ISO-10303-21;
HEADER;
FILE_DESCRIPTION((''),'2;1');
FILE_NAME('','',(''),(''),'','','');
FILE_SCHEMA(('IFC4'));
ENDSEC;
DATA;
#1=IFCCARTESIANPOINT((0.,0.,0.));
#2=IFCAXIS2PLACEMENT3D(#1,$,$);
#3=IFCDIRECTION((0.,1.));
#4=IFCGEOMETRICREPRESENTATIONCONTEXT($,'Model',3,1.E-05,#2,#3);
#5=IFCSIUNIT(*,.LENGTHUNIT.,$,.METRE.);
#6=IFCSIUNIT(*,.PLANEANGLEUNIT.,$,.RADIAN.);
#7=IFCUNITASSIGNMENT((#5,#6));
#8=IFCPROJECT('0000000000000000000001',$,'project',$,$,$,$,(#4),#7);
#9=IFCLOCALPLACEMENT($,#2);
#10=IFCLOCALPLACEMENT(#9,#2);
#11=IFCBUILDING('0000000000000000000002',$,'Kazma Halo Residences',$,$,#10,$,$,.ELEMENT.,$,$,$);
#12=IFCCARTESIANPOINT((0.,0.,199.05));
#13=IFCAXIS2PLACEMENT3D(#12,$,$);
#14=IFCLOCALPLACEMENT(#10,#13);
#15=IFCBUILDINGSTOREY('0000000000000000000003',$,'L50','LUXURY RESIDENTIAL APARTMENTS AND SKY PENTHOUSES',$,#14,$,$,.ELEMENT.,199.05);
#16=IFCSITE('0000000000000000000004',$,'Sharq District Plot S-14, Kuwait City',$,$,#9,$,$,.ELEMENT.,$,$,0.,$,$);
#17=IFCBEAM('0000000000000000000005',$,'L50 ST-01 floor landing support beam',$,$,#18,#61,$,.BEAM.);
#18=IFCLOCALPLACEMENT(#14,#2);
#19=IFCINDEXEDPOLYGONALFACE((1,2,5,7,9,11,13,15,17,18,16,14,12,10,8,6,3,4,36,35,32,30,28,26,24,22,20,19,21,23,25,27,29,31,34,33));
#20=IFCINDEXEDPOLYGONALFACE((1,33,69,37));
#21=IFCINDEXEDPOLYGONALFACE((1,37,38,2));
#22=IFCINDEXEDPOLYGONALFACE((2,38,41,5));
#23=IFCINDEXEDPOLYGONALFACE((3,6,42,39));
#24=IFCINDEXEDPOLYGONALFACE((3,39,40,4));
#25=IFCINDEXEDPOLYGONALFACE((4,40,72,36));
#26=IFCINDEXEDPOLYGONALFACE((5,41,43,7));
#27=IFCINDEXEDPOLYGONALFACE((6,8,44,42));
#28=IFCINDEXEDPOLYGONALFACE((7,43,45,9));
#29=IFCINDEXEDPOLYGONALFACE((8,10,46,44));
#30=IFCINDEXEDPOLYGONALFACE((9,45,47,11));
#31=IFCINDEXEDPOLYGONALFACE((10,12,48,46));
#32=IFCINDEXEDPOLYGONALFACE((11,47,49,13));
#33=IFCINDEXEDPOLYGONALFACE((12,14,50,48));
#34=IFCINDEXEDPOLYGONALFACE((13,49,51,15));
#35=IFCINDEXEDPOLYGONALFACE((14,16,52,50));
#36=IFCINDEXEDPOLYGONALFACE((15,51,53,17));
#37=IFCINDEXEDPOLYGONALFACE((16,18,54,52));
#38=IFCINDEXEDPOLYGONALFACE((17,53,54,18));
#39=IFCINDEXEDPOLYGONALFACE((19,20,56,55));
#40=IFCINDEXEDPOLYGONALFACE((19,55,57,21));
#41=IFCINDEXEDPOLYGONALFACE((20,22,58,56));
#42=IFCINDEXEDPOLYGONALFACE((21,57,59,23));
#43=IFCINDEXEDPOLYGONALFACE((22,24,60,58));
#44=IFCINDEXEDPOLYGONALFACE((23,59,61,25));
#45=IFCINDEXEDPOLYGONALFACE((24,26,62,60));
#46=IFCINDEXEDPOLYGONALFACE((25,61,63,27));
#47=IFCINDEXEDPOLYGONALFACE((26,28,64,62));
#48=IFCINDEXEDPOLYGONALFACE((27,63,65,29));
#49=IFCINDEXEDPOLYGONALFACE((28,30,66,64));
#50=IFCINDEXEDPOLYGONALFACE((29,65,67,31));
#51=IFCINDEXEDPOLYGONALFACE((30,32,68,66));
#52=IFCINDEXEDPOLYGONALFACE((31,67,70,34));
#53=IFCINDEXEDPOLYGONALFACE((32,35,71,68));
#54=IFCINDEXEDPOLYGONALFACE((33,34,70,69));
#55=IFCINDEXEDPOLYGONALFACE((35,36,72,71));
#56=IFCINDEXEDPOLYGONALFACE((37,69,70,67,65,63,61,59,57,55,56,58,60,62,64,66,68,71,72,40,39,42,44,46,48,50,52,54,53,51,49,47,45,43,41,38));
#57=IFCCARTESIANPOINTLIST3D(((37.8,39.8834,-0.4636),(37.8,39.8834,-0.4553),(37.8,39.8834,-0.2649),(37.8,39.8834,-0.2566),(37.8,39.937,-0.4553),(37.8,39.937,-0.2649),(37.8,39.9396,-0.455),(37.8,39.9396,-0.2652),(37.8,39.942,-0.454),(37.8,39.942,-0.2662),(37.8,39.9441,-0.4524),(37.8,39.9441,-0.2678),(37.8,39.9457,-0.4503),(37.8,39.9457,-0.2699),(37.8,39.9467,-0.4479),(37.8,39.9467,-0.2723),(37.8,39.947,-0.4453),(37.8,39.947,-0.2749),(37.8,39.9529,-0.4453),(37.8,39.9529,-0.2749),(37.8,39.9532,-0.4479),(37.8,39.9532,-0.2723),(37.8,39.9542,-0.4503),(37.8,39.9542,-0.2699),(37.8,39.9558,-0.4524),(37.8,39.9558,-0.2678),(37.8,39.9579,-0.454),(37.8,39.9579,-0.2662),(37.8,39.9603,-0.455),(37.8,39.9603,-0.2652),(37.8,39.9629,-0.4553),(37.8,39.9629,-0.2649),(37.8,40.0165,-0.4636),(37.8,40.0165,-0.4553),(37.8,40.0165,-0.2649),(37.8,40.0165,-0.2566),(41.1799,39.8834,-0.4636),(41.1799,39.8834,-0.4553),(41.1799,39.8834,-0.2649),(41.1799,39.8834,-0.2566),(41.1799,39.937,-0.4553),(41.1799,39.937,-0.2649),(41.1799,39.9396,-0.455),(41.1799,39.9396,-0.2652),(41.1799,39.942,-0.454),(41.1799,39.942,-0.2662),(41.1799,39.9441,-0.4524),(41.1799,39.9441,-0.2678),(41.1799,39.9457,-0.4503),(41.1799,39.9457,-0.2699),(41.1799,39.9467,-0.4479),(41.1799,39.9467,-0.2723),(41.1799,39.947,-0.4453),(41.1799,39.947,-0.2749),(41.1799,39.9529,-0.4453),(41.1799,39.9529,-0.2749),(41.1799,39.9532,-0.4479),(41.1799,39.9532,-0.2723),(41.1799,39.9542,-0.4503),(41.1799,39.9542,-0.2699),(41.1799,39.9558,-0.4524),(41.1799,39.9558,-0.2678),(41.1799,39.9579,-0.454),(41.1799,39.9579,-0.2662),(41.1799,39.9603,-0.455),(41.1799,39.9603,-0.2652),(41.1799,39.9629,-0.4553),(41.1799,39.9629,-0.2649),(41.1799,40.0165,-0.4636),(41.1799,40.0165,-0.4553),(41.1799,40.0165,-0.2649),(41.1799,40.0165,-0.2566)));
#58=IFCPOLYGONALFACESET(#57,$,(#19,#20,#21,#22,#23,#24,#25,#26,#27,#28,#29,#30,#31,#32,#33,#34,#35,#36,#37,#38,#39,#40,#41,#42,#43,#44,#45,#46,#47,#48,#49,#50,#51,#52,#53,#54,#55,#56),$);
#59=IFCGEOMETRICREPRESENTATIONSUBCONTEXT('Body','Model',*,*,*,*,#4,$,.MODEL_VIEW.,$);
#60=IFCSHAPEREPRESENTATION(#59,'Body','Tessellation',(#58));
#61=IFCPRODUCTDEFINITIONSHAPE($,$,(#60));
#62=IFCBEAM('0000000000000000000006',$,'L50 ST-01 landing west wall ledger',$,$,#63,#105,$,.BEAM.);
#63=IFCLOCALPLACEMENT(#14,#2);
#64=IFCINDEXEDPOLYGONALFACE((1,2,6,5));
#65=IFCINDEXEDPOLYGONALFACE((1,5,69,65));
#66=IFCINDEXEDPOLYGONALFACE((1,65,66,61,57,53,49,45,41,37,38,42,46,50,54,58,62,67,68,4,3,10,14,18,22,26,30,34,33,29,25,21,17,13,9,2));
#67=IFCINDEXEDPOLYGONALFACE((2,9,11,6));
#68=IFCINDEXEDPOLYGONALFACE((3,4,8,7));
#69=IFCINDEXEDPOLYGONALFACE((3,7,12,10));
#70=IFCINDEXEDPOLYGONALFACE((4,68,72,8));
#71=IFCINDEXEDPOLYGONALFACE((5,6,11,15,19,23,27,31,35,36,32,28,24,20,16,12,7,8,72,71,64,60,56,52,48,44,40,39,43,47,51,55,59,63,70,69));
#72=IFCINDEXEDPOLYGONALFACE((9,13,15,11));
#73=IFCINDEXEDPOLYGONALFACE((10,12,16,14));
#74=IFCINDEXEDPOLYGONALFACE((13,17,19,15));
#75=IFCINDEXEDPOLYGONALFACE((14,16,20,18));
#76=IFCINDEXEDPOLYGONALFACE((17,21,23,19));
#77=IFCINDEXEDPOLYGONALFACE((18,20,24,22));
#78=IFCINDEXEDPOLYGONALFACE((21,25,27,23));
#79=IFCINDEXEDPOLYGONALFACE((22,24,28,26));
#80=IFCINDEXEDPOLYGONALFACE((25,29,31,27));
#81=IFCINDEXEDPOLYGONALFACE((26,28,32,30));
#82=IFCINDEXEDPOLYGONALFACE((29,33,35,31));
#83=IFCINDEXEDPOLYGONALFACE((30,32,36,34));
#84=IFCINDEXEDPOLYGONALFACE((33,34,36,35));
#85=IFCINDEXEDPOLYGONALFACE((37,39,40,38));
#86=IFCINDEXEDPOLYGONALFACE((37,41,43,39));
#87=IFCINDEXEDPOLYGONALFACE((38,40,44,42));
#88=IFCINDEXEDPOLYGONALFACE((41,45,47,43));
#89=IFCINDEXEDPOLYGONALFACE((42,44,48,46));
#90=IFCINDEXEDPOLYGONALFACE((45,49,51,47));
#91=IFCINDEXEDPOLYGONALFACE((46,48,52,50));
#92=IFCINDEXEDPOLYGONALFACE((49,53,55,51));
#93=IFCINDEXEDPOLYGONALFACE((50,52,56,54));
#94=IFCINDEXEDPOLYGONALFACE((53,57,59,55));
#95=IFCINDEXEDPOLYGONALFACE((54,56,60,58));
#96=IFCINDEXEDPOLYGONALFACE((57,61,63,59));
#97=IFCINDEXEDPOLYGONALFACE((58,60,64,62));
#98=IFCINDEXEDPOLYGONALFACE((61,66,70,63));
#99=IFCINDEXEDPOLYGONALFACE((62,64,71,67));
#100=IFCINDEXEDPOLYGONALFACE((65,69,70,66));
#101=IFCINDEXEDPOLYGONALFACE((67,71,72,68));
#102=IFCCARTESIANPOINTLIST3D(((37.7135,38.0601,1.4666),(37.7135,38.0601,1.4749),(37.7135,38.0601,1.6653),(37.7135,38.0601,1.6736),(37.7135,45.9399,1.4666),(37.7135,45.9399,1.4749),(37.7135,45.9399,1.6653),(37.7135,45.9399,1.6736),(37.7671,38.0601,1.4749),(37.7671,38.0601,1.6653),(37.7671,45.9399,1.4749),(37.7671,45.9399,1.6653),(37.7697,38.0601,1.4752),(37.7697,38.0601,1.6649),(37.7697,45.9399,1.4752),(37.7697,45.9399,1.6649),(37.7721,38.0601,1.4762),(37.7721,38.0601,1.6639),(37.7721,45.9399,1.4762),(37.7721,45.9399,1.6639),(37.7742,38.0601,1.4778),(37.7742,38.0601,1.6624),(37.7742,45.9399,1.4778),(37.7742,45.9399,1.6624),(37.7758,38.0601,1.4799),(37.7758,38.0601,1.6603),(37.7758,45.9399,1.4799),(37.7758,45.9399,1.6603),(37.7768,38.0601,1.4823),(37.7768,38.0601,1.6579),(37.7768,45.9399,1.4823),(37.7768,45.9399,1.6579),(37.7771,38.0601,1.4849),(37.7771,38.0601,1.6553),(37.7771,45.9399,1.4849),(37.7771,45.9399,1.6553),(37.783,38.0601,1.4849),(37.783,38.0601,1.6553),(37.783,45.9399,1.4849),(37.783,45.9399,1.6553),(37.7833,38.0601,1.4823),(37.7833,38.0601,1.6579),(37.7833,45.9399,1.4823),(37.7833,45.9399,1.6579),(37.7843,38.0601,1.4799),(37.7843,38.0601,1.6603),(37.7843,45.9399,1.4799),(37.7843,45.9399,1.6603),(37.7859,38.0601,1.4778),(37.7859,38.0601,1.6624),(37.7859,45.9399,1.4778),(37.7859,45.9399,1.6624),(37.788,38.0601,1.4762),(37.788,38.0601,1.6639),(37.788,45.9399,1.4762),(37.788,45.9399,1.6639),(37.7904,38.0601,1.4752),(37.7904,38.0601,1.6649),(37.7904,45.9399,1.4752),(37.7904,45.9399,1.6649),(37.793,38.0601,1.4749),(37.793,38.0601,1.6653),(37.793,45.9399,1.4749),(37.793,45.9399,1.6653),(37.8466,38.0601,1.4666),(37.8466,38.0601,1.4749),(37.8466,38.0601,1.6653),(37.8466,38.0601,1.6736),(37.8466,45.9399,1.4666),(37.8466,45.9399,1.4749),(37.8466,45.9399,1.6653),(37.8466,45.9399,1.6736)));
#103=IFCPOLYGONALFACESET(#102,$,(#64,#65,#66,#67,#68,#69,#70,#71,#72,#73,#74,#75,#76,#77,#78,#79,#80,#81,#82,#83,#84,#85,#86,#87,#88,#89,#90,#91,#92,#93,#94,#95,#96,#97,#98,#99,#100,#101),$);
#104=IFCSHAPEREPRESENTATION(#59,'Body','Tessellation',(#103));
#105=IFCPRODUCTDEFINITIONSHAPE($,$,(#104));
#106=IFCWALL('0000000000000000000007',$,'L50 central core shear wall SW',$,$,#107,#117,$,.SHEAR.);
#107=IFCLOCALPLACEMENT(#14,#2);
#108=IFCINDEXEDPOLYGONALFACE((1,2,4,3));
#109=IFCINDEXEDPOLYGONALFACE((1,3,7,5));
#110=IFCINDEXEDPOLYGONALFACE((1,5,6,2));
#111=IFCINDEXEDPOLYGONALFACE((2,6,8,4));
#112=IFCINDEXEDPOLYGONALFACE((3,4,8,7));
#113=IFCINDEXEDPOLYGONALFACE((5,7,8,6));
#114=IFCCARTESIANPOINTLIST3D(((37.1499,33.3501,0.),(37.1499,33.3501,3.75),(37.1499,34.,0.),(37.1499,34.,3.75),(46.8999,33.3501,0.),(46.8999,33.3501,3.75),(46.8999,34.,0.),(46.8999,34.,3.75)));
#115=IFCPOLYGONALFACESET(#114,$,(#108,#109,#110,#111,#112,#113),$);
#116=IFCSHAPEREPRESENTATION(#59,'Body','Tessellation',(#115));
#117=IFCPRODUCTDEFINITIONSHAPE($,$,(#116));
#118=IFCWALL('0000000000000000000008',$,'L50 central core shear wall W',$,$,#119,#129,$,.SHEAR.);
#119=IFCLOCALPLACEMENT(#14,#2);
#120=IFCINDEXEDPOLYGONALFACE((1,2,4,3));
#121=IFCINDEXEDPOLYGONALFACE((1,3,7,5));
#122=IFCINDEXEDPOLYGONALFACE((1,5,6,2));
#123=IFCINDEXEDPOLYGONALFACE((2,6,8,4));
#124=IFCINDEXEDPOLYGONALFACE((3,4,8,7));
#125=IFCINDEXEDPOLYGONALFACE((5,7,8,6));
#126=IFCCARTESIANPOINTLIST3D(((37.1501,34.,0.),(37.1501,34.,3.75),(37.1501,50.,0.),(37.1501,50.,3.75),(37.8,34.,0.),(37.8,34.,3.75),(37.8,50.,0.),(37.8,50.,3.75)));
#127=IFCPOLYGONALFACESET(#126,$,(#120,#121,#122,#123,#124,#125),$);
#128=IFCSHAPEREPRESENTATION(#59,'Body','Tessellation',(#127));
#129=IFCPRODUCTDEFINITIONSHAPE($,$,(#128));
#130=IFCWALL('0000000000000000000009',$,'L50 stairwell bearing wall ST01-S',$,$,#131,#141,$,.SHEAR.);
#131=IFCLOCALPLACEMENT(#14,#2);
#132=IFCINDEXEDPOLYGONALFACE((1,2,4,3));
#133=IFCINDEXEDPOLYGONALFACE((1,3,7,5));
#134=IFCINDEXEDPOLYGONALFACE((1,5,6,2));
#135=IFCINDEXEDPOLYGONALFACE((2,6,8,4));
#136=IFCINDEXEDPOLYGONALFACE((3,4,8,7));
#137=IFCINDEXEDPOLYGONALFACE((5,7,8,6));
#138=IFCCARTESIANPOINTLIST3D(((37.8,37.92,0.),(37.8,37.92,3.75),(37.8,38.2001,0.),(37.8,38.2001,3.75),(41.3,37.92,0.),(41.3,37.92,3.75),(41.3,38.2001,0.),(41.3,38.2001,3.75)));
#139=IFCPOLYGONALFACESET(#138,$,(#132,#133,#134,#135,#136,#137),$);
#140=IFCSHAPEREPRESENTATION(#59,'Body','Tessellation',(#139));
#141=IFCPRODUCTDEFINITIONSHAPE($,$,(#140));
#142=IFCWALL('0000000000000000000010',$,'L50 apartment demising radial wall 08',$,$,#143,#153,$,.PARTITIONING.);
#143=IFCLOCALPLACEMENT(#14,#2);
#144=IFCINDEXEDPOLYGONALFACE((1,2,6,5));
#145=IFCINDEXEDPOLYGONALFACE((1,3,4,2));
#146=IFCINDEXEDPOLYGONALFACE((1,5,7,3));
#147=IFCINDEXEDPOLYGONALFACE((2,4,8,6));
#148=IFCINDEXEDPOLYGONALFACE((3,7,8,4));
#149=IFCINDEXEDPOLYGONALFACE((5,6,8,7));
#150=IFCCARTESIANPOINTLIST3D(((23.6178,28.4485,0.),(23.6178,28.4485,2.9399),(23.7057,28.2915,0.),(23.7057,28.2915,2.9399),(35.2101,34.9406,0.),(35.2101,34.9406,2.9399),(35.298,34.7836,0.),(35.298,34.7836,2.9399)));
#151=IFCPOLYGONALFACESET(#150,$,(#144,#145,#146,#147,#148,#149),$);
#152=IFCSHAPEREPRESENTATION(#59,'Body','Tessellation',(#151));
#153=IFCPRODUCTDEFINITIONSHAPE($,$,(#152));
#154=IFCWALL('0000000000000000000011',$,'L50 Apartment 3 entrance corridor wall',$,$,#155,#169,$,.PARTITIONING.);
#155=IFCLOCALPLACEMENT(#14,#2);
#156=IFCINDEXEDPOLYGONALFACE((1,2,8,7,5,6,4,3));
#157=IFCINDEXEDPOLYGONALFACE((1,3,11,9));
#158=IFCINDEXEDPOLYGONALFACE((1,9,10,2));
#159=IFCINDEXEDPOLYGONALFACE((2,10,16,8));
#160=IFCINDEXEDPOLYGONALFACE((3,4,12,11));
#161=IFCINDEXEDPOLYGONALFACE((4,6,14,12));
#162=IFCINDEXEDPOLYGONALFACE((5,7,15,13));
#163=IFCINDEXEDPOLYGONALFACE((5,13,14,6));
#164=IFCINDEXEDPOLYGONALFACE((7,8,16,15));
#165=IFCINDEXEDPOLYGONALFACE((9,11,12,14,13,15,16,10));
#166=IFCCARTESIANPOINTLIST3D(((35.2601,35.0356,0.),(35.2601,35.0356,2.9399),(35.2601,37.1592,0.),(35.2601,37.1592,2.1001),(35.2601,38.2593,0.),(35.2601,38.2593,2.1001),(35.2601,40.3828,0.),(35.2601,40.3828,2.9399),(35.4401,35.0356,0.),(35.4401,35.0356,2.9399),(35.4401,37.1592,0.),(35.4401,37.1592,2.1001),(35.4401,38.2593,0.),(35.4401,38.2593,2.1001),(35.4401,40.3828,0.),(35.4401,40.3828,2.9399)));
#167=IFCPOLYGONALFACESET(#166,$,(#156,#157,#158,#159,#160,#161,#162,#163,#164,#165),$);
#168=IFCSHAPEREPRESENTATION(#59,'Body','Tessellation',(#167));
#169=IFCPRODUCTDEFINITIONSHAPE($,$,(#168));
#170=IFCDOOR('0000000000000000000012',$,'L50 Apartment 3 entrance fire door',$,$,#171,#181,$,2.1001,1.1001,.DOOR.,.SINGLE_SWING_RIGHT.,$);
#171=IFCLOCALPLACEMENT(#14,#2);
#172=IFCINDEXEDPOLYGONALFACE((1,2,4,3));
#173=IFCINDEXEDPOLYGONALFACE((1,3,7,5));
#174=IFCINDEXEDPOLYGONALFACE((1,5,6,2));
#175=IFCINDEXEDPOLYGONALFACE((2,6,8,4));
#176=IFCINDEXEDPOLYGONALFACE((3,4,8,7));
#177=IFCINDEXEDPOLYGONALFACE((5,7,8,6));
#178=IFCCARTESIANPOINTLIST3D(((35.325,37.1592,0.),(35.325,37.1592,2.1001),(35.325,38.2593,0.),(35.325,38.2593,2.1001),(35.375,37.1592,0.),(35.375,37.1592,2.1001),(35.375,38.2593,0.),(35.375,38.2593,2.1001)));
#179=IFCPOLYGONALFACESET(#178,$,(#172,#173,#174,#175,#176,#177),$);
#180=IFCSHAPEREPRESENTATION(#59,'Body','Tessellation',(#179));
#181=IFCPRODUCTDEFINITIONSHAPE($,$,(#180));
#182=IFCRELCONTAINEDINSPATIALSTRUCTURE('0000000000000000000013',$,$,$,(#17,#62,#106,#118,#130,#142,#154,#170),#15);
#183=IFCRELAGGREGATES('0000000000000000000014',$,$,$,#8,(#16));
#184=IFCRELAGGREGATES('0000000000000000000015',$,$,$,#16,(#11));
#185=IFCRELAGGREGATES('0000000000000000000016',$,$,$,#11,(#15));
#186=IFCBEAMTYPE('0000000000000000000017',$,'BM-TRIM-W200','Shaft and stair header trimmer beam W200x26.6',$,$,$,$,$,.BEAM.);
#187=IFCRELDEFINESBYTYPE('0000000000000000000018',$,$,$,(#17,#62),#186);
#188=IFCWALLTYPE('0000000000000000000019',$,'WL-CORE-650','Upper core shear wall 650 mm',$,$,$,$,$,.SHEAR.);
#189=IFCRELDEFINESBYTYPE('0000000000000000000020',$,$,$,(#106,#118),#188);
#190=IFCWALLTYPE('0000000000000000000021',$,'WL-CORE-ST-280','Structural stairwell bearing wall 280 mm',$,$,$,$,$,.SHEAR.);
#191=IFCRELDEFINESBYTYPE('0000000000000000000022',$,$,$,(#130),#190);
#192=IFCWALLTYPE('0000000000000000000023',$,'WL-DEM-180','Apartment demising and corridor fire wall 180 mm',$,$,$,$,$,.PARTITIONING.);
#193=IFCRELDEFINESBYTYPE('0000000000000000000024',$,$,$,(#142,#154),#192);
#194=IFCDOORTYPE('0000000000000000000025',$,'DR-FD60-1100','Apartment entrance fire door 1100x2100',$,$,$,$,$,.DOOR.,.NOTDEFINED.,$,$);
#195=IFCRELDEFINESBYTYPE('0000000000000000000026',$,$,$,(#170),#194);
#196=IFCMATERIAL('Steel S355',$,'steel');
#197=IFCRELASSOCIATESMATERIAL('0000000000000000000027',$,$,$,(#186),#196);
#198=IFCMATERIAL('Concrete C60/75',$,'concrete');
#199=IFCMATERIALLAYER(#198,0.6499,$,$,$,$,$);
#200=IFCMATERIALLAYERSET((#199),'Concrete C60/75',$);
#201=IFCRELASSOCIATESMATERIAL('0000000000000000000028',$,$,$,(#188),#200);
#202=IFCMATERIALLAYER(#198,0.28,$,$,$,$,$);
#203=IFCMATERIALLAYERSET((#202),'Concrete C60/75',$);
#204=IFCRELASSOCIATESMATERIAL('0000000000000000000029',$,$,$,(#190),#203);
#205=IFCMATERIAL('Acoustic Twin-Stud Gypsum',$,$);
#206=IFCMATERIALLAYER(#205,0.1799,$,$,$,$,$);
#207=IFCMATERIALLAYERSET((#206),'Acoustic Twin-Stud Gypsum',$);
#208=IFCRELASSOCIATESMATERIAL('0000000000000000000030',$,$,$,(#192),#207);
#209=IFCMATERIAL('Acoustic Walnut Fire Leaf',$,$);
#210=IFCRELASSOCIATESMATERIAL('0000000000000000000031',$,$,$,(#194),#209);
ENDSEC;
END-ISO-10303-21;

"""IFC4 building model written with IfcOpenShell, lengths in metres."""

from ifc_helpers import new_model, si_unit, direction, frame, frame_2d, origin, origin_2d, place, context, subcontext, project, spatial, rectangle, i_section, extrude, material, layer, layer_set, material_profile, profile_set, type_object, element, fill, save


model = new_model("IFC4")

# Units and contexts
model_context = context("Model", 3, precision=1e-05, world=origin(), true_north=direction((0.0, 1.0)))
body_context = subcontext(model_context, "Body", "Model", "MODEL_VIEW")
ifc_project = project(units=[si_unit("LENGTHUNIT", "METRE"), si_unit("PLANEANGLEUNIT", "RADIAN")], contexts=[model_context])

# Site, building, storey
site_placement = place(None, origin())
site = spatial("IfcSite", under=ifc_project, at=site_placement, Name="Sharq District Plot S-14, Kuwait City", CompositionType="ELEMENT", RefElevation=0.0)
building_placement = place(site_placement, origin())
building = spatial("IfcBuilding", under=site, at=building_placement, Name="Kazma Halo Residences", CompositionType="ELEMENT")
storey_placement = place(building_placement, frame((0.0, 0.0, 199.05)))
storey = spatial("IfcBuildingStorey", under=building, at=storey_placement, Name="L50", Description="LUXURY RESIDENTIAL APARTMENTS AND SKY PENTHOUSES", CompositionType="ELEMENT", Elevation=199.05)

# Beams
ifc_material_1 = material(Name="Steel S355", Category="steel")
ifc_material_profile_1 = material_profile(ifc_material_1, i_section(OverallWidth=0.1331, OverallDepth=0.207, WebThickness=0.0059, FlangeThickness=0.0083, FilletRadius=0.01, at=origin_2d()), Name="W200x26.6")
ifc_profile_set_1 = profile_set([ifc_material_profile_1], Name="Steel S355")
beam_type_1 = type_object("IfcBeamType", Name="BM-TRIM-W200", Description="Shaft and stair header trimmer beam W200x26.6", PredefinedType="BEAM", material=ifc_profile_set_1)
beam_1_placement = place(storey_placement, frame((37.8, 39.95, -0.3601), z_axis=(1.0, 0.0, 0.0), x_axis=(0.0, 1.0, 0.0)))
element("IfcBeam", 1, at=beam_1_placement, inside=storey, type_object=beam_type_1, Name="L50 ST-01 floor landing support beam", PredefinedType="BEAM", context=body_context, shape_type="SweptSolid", body=[
    extrude(i_section(OverallWidth=0.1331, OverallDepth=0.207, WebThickness=0.0059, FlangeThickness=0.0083, FilletRadius=0.01, at=origin_2d()), origin(), (0.0, 0.0, 1.0), 3.3799),
])
beam_2_placement = place(storey_placement, frame((37.78, 38.0601, 1.5701), z_axis=(0.0, 1.0, 0.0), x_axis=(-1.0, 0.0, 0.0)))
element("IfcBeam", 2, at=beam_2_placement, inside=storey, type_object=beam_type_1, Name="L50 ST-01 landing west wall ledger", PredefinedType="BEAM", context=body_context, shape_type="SweptSolid", body=[
    extrude(i_section(OverallWidth=0.1331, OverallDepth=0.207, WebThickness=0.0059, FlangeThickness=0.0083, FilletRadius=0.01, at=origin_2d()), origin(), (0.0, 0.0, 1.0), 7.8799),
])

# Walls
ifc_material_2 = material(Name="Concrete C60/75", Category="concrete")
ifc_layer_1 = layer(ifc_material_2, 0.6499)
ifc_layer_set_1 = layer_set([ifc_layer_1], Name="Concrete C60/75")
wall_type_1 = type_object("IfcWallType", Name="WL-CORE-650", Description="Upper core shear wall 650 mm", PredefinedType="SHEAR", material=ifc_layer_set_1)
wall_1_placement = place(storey_placement, frame((37.1499, 33.675, 0.0), z_axis=(0.0, 0.0, 1.0), x_axis=(1.0, 0.0, 0.0)))
element("IfcWall", 3, at=wall_1_placement, inside=storey, type_object=wall_type_1, Name="L50 central core shear wall SW", PredefinedType="SHEAR", context=body_context, shape_type="SweptSolid", body=[
    extrude(rectangle(XDim=9.75, YDim=0.6499, at=frame_2d((4.875, 0.0))), origin(), (0.0, 0.0, 1.0), 3.75),
])
wall_2_placement = place(storey_placement, frame((37.4751, 34.0, 0.0), z_axis=(0.0, 0.0, 1.0), x_axis=(0.0, 1.0, 0.0)))
element("IfcWall", 4, at=wall_2_placement, inside=storey, type_object=wall_type_1, Name="L50 central core shear wall W", PredefinedType="SHEAR", context=body_context, shape_type="SweptSolid", body=[
    extrude(rectangle(XDim=16.0, YDim=0.6499, at=frame_2d((8.0, 0.0))), origin(), (0.0, 0.0, 1.0), 3.75),
])
ifc_layer_2 = layer(ifc_material_2, 0.28)
ifc_layer_set_2 = layer_set([ifc_layer_2], Name="Concrete C60/75")
wall_type_2 = type_object("IfcWallType", Name="WL-CORE-ST-280", Description="Structural stairwell bearing wall 280 mm", PredefinedType="SHEAR", material=ifc_layer_set_2)
wall_3_placement = place(storey_placement, frame((37.8, 38.0601, 0.0), z_axis=(0.0, 0.0, 1.0), x_axis=(1.0, 0.0, 0.0)))
element("IfcWall", 5, at=wall_3_placement, inside=storey, type_object=wall_type_2, Name="L50 stairwell bearing wall ST01-S", PredefinedType="SHEAR", context=body_context, shape_type="SweptSolid", body=[
    extrude(rectangle(XDim=3.5, YDim=0.28, at=frame_2d((1.75, 0.0))), origin(), (0.0, 0.0, 1.0), 3.75),
])
ifc_material_3 = material(Name="Acoustic Twin-Stud Gypsum")
ifc_layer_3 = layer(ifc_material_3, 0.1799)
ifc_layer_set_3 = layer_set([ifc_layer_3], Name="Acoustic Twin-Stud Gypsum")
wall_type_3 = type_object("IfcWallType", Name="WL-DEM-180", Description="Apartment demising and corridor fire wall 180 mm", PredefinedType="PARTITIONING", material=ifc_layer_set_3)
wall_4_placement = place(storey_placement, frame((35.2539, 34.8621, 0.0), z_axis=(0.0, 0.0, 1.0), x_axis=(-0.87249, -0.488632, 0.0)))
element("IfcWall", 6, at=wall_4_placement, inside=storey, type_object=wall_type_3, Name="L50 apartment demising radial wall 08", PredefinedType="PARTITIONING", context=body_context, shape_type="SweptSolid", body=[
    extrude(rectangle(XDim=13.2864, YDim=0.1799, at=frame_2d((6.6431, 0.0))), origin(), (0.0, 0.0, 1.0), 2.9399),
])

# Wall, opening, door
wall_5_placement = place(storey_placement, frame((35.3501, 40.3828, 0.0), z_axis=(0.0, 0.0, 1.0), x_axis=(0.0, -1.0, 0.0)))
wall_5 = element("IfcWall", 7, at=wall_5_placement, inside=storey, type_object=wall_type_3, Name="L50 Apartment 3 entrance corridor wall", PredefinedType="PARTITIONING", context=body_context, shape_type="SweptSolid", body=[
    extrude(rectangle(XDim=5.3472, YDim=0.1799, at=frame_2d((2.6736, 0.0))), origin(), (0.0, 0.0, 1.0), 2.9399),
])
opening_1_placement = place(wall_5_placement, frame((2.1235, 0.0, 0.0)))
opening_1 = element("IfcOpeningElement", 8, at=opening_1_placement, cuts=wall_5, PredefinedType="OPENING", context=body_context, shape_type="SweptSolid", body=[
    extrude(rectangle(XDim=1.1001, YDim=2.1001, at=frame_2d((0.55, 1.05))), frame((0.0, 0.0999, 0.0), z_axis=(0.0, -1.0, 0.0), x_axis=(1.0, 0.0, 0.0)), (0.0, 0.0, 1.0), 0.2),
])
ifc_material_4 = material(Name="Acoustic Walnut Fire Leaf")
door_type_1 = type_object("IfcDoorType", Name="DR-FD60-1100", Description="Apartment entrance fire door 1100x2100", OperationType="NOTDEFINED", PredefinedType="DOOR", material=ifc_material_4)
door_1_placement = place(opening_1_placement, origin())
door_1 = element("IfcDoor", 9, at=door_1_placement, inside=storey, type_object=door_type_1, Name="L50 Apartment 3 entrance fire door", OperationType="SINGLE_SWING_RIGHT", OverallHeight=2.1001, OverallWidth=1.1001, PredefinedType="DOOR", context=body_context, shape_type="SweptSolid", body=[
    extrude(rectangle(XDim=1.1001, YDim=2.1001, at=frame_2d((0.55, 1.05))), frame((0.0, 0.0249, 0.0), z_axis=(0.0, -1.0, 0.0), x_axis=(1.0, 0.0, 0.0)), (0.0, 0.0, 1.0), 0.05),
])
fill(opening_1, door_1)

save(model, "model.ifc")
